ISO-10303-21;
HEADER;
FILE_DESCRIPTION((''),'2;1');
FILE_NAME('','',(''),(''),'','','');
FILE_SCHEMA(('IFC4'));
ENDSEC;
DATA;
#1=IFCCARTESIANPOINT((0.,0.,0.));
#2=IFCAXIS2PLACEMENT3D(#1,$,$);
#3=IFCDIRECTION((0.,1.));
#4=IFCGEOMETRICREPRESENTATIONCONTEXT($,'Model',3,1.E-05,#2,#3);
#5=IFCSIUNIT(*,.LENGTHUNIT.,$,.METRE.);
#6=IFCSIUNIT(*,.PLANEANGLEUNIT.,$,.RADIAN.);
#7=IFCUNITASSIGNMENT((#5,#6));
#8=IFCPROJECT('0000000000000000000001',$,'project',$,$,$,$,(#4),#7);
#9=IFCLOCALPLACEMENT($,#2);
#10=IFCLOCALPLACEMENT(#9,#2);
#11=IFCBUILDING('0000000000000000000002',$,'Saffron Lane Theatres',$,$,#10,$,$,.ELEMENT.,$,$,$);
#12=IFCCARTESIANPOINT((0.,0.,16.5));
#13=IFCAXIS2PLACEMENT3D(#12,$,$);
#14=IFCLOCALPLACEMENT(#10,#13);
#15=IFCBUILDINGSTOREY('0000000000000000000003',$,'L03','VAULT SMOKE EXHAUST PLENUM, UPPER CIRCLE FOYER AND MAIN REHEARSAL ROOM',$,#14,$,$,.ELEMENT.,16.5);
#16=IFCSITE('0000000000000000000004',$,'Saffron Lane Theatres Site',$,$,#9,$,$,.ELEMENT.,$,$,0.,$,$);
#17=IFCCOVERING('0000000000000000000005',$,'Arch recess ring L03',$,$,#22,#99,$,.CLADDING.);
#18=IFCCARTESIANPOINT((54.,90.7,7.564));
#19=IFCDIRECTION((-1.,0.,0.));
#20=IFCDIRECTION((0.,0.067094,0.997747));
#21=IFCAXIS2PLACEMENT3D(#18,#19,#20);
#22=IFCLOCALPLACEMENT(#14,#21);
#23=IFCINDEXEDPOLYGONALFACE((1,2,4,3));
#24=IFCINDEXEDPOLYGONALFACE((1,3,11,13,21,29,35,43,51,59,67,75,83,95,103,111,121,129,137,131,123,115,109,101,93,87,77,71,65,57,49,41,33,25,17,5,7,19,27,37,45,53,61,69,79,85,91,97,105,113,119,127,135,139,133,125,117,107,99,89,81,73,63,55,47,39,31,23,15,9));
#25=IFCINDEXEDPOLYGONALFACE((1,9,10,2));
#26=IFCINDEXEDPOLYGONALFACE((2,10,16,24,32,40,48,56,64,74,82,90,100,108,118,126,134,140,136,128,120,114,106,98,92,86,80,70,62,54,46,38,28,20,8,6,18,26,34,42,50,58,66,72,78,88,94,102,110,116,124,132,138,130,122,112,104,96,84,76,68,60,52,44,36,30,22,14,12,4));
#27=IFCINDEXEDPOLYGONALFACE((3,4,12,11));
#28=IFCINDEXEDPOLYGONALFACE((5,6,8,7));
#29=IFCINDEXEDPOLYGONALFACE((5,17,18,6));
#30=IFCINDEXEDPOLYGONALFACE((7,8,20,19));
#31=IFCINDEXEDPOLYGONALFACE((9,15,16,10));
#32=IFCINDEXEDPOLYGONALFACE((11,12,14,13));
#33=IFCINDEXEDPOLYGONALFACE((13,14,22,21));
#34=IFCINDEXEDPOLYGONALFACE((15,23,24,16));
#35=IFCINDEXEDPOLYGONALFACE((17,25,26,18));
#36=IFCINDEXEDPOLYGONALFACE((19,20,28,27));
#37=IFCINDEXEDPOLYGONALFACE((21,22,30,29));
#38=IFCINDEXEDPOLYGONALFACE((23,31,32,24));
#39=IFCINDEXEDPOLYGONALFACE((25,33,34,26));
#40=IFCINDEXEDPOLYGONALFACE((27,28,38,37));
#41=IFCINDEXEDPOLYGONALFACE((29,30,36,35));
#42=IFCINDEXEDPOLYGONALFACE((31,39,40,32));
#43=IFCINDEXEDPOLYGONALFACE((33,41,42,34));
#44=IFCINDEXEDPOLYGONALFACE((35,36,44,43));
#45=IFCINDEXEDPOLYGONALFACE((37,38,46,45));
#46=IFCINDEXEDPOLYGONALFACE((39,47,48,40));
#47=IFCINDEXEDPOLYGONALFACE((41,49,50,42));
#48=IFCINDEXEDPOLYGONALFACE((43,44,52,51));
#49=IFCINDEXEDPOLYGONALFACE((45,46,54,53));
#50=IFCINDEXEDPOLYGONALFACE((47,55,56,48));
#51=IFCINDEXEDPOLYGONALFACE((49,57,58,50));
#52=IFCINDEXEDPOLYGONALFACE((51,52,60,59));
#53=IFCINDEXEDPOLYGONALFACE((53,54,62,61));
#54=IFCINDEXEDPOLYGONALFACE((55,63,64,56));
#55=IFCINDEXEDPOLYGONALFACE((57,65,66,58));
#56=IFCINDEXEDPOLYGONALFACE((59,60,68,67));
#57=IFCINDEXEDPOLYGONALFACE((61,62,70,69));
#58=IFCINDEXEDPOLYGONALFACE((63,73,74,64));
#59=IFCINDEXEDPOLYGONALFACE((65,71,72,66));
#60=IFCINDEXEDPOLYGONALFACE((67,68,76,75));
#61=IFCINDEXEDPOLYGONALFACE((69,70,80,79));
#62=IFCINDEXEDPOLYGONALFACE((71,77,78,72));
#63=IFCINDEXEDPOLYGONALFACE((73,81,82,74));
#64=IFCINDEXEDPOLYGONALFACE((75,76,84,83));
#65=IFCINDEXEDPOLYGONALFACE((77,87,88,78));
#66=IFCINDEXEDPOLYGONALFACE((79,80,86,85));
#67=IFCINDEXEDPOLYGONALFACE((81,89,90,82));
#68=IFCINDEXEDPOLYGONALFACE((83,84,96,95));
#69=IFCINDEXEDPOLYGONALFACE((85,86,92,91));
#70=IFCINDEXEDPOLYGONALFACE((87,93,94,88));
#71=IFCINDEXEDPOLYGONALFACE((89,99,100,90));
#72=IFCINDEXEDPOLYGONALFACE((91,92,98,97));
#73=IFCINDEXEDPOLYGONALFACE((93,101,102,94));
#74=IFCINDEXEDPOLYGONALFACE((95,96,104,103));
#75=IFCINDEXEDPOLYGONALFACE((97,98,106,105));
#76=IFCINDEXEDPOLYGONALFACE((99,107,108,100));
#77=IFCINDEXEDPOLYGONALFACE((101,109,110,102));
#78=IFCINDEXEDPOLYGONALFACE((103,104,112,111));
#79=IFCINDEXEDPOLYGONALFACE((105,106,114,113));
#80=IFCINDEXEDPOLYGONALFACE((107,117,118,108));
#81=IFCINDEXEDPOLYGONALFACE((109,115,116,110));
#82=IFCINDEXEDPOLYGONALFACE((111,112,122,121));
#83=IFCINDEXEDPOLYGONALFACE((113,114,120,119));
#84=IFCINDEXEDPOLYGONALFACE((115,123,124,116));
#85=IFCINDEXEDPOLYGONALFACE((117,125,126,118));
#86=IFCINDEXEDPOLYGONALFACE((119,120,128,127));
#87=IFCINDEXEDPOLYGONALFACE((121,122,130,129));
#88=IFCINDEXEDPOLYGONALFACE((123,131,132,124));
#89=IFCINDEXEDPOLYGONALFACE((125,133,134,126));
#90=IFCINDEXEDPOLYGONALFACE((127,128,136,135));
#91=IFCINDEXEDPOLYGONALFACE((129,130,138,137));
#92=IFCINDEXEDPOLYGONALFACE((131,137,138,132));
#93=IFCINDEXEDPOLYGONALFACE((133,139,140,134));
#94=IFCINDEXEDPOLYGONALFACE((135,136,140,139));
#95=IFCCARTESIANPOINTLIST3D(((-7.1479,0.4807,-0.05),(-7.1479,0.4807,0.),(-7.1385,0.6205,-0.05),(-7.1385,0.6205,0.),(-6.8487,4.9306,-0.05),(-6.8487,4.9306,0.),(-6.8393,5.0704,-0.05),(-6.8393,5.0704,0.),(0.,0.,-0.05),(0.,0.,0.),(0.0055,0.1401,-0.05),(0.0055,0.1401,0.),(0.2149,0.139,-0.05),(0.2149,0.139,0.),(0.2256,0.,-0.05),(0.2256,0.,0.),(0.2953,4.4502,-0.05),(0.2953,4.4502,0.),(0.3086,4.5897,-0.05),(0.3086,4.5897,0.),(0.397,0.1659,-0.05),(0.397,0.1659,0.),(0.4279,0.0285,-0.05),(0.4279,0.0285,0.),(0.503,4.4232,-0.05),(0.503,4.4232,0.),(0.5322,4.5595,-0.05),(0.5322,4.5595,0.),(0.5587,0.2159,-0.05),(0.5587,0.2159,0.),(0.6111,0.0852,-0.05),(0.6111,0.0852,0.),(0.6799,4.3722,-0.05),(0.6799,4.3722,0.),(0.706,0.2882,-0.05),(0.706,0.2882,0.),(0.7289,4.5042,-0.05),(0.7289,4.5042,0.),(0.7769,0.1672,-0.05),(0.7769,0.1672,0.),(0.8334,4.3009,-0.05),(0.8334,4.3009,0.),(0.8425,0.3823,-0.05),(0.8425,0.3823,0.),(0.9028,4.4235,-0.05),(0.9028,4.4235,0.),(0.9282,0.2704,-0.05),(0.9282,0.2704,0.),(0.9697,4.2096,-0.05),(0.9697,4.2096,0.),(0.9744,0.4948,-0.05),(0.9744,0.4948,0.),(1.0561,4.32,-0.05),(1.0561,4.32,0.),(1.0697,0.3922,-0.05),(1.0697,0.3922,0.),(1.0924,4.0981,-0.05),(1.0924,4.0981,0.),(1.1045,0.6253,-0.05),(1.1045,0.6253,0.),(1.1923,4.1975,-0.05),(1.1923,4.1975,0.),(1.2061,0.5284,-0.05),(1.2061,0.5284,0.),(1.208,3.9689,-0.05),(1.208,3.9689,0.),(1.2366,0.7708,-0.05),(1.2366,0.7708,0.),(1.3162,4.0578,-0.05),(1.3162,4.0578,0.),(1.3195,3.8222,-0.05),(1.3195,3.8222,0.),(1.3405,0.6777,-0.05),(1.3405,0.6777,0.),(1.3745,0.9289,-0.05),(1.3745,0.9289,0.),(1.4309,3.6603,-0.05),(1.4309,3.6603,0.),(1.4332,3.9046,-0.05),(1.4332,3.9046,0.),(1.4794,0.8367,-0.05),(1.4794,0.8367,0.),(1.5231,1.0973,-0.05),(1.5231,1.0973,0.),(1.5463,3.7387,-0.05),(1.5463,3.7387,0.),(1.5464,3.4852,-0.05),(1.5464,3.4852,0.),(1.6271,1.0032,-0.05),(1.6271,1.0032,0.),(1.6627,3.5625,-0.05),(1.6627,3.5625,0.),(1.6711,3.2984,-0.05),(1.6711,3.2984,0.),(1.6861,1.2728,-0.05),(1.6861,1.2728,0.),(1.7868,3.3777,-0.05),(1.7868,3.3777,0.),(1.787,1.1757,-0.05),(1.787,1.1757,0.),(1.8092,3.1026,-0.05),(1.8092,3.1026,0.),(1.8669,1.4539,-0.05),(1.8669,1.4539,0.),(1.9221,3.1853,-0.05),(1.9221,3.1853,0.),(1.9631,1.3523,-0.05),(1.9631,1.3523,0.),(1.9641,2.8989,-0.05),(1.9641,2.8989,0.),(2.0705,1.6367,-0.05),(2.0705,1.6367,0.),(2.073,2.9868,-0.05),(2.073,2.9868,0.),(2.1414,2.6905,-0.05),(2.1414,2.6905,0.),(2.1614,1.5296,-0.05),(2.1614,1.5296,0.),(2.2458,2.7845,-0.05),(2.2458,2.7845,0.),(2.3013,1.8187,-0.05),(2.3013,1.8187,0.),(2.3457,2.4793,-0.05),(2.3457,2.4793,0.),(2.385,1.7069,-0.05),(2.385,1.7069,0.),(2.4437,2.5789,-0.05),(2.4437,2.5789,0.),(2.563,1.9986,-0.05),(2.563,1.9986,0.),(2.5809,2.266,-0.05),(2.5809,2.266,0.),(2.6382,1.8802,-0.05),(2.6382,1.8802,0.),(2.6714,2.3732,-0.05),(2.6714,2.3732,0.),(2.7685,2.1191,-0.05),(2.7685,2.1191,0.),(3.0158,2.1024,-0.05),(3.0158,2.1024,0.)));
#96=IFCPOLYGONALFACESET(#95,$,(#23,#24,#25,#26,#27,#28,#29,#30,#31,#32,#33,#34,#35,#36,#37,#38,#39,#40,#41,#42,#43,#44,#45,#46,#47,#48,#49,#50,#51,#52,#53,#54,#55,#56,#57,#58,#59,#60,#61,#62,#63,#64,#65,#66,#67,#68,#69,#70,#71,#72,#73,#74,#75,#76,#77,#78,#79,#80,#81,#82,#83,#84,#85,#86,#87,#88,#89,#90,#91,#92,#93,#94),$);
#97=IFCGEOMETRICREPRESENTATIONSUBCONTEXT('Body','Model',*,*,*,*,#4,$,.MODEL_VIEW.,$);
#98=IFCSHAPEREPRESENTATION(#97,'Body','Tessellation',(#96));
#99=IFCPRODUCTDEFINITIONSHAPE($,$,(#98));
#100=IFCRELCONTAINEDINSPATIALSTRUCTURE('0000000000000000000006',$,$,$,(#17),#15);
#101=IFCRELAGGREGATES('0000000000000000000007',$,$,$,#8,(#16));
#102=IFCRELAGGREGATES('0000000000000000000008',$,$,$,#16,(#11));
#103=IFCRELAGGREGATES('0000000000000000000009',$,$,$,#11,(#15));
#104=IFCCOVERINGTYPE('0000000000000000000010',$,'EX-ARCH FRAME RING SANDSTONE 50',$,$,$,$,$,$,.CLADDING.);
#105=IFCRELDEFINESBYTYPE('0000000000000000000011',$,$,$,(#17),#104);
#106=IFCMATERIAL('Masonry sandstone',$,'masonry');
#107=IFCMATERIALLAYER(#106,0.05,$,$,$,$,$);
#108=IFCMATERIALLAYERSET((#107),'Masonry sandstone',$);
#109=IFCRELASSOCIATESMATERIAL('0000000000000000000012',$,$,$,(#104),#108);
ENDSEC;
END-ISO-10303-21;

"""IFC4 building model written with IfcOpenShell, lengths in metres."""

from ifc_helpers import new_model, si_unit, direction, frame, origin, place, context, subcontext, project, spatial, polyline, outline, extrude, material, layer, layer_set, type_object, element, save


model = new_model("IFC4")

# Units and contexts
model_context = context("Model", 3, precision=1e-05, world=origin(), true_north=direction((0.0, 1.0)))
body_context = subcontext(model_context, "Body", "Model", "MODEL_VIEW")
ifc_project = project(units=[si_unit("LENGTHUNIT", "METRE"), si_unit("PLANEANGLEUNIT", "RADIAN")], contexts=[model_context])

# Site, building, storey
site_placement = place(None, origin())
site = spatial("IfcSite", under=ifc_project, at=site_placement, Name="Saffron Lane Theatres Site", CompositionType="ELEMENT", RefElevation=0.0)
building_placement = place(site_placement, origin())
building = spatial("IfcBuilding", under=site, at=building_placement, Name="Saffron Lane Theatres", CompositionType="ELEMENT")
storey_placement = place(building_placement, frame((0.0, 0.0, 16.5)))
storey = spatial("IfcBuildingStorey", under=building, at=storey_placement, Name="L03", Description="VAULT SMOKE EXHAUST PLENUM, UPPER CIRCLE FOYER AND MAIN REHEARSAL ROOM", CompositionType="ELEMENT", Elevation=16.5)

# Covering
ifc_material_1 = material(Name="Masonry sandstone", Category="masonry")
ifc_layer_1 = layer(ifc_material_1, 0.05)
ifc_layer_set_1 = layer_set([ifc_layer_1], Name="Masonry sandstone")
covering_type_1 = type_object("IfcCoveringType", Name="EX-ARCH FRAME RING SANDSTONE 50", PredefinedType="CLADDING", material=ifc_layer_set_1)
covering_1_placement = place(storey_placement, frame((54.0, 90.7, 7.564), z_axis=(-1.0, 0.0, 0.0), x_axis=(0.0, 0.067094, 0.997747)))
element("IfcCovering", 1, at=covering_1_placement, inside=storey, type_object=covering_type_1, Name="Arch recess ring L03", PredefinedType="CLADDING", context=body_context, shape_type="SweptSolid", body=[
    extrude(outline(polyline([(0.0, 0.0), (0.2256, 0.0), (0.4279, 0.0285), (0.6111, 0.0852), (0.7769, 0.1672), (0.9282, 0.2704), (1.0697, 0.3922), (1.2061, 0.5284), (1.3405, 0.6777), (1.4794, 0.8367), (1.6271, 1.0032), (1.787, 1.1757), (1.9631, 1.3523), (2.1614, 1.5296), (2.385, 1.7069), (2.6382, 1.8802), (3.0158, 2.1024), (2.6714, 2.3732), (2.4437, 2.5789), (2.2458, 2.7845), (2.073, 2.9868), (1.9221, 3.1853), (1.7868, 3.3777), (1.6627, 3.5625), (1.5463, 3.7387), (1.4332, 3.9046), (1.3162, 4.0578), (1.1923, 4.1975), (1.0561, 4.32), (0.9028, 4.4235), (0.7289, 4.5042), (0.5322, 4.5595), (0.3086, 4.5897), (-6.8393, 5.0704), (-6.8487, 4.9306), (0.2953, 4.4502), (0.503, 4.4232), (0.6799, 4.3722), (0.8334, 4.3009), (0.9697, 4.2096), (1.0924, 4.0981), (1.208, 3.9689), (1.3195, 3.8222), (1.4309, 3.6603), (1.5464, 3.4852), (1.6711, 3.2984), (1.8092, 3.1026), (1.9641, 2.8989), (2.1414, 2.6905), (2.3457, 2.4793), (2.5809, 2.266), (2.7685, 2.1191), (2.563, 1.9986), (2.3013, 1.8187), (2.0705, 1.6367), (1.8669, 1.4539), (1.6861, 1.2728), (1.5231, 1.0973), (1.3745, 0.9289), (1.2366, 0.7708), (1.1045, 0.6253), (0.9744, 0.4948), (0.8425, 0.3823), (0.706, 0.2882), (0.5587, 0.2159), (0.397, 0.1659), (0.2149, 0.139), (0.0055, 0.1401), (-7.1385, 0.6205), (-7.1479, 0.4807), (0.0, 0.0)])), origin(), (0.0, 0.0, -1.0), 0.05),
])

save(model, "model.ifc")
